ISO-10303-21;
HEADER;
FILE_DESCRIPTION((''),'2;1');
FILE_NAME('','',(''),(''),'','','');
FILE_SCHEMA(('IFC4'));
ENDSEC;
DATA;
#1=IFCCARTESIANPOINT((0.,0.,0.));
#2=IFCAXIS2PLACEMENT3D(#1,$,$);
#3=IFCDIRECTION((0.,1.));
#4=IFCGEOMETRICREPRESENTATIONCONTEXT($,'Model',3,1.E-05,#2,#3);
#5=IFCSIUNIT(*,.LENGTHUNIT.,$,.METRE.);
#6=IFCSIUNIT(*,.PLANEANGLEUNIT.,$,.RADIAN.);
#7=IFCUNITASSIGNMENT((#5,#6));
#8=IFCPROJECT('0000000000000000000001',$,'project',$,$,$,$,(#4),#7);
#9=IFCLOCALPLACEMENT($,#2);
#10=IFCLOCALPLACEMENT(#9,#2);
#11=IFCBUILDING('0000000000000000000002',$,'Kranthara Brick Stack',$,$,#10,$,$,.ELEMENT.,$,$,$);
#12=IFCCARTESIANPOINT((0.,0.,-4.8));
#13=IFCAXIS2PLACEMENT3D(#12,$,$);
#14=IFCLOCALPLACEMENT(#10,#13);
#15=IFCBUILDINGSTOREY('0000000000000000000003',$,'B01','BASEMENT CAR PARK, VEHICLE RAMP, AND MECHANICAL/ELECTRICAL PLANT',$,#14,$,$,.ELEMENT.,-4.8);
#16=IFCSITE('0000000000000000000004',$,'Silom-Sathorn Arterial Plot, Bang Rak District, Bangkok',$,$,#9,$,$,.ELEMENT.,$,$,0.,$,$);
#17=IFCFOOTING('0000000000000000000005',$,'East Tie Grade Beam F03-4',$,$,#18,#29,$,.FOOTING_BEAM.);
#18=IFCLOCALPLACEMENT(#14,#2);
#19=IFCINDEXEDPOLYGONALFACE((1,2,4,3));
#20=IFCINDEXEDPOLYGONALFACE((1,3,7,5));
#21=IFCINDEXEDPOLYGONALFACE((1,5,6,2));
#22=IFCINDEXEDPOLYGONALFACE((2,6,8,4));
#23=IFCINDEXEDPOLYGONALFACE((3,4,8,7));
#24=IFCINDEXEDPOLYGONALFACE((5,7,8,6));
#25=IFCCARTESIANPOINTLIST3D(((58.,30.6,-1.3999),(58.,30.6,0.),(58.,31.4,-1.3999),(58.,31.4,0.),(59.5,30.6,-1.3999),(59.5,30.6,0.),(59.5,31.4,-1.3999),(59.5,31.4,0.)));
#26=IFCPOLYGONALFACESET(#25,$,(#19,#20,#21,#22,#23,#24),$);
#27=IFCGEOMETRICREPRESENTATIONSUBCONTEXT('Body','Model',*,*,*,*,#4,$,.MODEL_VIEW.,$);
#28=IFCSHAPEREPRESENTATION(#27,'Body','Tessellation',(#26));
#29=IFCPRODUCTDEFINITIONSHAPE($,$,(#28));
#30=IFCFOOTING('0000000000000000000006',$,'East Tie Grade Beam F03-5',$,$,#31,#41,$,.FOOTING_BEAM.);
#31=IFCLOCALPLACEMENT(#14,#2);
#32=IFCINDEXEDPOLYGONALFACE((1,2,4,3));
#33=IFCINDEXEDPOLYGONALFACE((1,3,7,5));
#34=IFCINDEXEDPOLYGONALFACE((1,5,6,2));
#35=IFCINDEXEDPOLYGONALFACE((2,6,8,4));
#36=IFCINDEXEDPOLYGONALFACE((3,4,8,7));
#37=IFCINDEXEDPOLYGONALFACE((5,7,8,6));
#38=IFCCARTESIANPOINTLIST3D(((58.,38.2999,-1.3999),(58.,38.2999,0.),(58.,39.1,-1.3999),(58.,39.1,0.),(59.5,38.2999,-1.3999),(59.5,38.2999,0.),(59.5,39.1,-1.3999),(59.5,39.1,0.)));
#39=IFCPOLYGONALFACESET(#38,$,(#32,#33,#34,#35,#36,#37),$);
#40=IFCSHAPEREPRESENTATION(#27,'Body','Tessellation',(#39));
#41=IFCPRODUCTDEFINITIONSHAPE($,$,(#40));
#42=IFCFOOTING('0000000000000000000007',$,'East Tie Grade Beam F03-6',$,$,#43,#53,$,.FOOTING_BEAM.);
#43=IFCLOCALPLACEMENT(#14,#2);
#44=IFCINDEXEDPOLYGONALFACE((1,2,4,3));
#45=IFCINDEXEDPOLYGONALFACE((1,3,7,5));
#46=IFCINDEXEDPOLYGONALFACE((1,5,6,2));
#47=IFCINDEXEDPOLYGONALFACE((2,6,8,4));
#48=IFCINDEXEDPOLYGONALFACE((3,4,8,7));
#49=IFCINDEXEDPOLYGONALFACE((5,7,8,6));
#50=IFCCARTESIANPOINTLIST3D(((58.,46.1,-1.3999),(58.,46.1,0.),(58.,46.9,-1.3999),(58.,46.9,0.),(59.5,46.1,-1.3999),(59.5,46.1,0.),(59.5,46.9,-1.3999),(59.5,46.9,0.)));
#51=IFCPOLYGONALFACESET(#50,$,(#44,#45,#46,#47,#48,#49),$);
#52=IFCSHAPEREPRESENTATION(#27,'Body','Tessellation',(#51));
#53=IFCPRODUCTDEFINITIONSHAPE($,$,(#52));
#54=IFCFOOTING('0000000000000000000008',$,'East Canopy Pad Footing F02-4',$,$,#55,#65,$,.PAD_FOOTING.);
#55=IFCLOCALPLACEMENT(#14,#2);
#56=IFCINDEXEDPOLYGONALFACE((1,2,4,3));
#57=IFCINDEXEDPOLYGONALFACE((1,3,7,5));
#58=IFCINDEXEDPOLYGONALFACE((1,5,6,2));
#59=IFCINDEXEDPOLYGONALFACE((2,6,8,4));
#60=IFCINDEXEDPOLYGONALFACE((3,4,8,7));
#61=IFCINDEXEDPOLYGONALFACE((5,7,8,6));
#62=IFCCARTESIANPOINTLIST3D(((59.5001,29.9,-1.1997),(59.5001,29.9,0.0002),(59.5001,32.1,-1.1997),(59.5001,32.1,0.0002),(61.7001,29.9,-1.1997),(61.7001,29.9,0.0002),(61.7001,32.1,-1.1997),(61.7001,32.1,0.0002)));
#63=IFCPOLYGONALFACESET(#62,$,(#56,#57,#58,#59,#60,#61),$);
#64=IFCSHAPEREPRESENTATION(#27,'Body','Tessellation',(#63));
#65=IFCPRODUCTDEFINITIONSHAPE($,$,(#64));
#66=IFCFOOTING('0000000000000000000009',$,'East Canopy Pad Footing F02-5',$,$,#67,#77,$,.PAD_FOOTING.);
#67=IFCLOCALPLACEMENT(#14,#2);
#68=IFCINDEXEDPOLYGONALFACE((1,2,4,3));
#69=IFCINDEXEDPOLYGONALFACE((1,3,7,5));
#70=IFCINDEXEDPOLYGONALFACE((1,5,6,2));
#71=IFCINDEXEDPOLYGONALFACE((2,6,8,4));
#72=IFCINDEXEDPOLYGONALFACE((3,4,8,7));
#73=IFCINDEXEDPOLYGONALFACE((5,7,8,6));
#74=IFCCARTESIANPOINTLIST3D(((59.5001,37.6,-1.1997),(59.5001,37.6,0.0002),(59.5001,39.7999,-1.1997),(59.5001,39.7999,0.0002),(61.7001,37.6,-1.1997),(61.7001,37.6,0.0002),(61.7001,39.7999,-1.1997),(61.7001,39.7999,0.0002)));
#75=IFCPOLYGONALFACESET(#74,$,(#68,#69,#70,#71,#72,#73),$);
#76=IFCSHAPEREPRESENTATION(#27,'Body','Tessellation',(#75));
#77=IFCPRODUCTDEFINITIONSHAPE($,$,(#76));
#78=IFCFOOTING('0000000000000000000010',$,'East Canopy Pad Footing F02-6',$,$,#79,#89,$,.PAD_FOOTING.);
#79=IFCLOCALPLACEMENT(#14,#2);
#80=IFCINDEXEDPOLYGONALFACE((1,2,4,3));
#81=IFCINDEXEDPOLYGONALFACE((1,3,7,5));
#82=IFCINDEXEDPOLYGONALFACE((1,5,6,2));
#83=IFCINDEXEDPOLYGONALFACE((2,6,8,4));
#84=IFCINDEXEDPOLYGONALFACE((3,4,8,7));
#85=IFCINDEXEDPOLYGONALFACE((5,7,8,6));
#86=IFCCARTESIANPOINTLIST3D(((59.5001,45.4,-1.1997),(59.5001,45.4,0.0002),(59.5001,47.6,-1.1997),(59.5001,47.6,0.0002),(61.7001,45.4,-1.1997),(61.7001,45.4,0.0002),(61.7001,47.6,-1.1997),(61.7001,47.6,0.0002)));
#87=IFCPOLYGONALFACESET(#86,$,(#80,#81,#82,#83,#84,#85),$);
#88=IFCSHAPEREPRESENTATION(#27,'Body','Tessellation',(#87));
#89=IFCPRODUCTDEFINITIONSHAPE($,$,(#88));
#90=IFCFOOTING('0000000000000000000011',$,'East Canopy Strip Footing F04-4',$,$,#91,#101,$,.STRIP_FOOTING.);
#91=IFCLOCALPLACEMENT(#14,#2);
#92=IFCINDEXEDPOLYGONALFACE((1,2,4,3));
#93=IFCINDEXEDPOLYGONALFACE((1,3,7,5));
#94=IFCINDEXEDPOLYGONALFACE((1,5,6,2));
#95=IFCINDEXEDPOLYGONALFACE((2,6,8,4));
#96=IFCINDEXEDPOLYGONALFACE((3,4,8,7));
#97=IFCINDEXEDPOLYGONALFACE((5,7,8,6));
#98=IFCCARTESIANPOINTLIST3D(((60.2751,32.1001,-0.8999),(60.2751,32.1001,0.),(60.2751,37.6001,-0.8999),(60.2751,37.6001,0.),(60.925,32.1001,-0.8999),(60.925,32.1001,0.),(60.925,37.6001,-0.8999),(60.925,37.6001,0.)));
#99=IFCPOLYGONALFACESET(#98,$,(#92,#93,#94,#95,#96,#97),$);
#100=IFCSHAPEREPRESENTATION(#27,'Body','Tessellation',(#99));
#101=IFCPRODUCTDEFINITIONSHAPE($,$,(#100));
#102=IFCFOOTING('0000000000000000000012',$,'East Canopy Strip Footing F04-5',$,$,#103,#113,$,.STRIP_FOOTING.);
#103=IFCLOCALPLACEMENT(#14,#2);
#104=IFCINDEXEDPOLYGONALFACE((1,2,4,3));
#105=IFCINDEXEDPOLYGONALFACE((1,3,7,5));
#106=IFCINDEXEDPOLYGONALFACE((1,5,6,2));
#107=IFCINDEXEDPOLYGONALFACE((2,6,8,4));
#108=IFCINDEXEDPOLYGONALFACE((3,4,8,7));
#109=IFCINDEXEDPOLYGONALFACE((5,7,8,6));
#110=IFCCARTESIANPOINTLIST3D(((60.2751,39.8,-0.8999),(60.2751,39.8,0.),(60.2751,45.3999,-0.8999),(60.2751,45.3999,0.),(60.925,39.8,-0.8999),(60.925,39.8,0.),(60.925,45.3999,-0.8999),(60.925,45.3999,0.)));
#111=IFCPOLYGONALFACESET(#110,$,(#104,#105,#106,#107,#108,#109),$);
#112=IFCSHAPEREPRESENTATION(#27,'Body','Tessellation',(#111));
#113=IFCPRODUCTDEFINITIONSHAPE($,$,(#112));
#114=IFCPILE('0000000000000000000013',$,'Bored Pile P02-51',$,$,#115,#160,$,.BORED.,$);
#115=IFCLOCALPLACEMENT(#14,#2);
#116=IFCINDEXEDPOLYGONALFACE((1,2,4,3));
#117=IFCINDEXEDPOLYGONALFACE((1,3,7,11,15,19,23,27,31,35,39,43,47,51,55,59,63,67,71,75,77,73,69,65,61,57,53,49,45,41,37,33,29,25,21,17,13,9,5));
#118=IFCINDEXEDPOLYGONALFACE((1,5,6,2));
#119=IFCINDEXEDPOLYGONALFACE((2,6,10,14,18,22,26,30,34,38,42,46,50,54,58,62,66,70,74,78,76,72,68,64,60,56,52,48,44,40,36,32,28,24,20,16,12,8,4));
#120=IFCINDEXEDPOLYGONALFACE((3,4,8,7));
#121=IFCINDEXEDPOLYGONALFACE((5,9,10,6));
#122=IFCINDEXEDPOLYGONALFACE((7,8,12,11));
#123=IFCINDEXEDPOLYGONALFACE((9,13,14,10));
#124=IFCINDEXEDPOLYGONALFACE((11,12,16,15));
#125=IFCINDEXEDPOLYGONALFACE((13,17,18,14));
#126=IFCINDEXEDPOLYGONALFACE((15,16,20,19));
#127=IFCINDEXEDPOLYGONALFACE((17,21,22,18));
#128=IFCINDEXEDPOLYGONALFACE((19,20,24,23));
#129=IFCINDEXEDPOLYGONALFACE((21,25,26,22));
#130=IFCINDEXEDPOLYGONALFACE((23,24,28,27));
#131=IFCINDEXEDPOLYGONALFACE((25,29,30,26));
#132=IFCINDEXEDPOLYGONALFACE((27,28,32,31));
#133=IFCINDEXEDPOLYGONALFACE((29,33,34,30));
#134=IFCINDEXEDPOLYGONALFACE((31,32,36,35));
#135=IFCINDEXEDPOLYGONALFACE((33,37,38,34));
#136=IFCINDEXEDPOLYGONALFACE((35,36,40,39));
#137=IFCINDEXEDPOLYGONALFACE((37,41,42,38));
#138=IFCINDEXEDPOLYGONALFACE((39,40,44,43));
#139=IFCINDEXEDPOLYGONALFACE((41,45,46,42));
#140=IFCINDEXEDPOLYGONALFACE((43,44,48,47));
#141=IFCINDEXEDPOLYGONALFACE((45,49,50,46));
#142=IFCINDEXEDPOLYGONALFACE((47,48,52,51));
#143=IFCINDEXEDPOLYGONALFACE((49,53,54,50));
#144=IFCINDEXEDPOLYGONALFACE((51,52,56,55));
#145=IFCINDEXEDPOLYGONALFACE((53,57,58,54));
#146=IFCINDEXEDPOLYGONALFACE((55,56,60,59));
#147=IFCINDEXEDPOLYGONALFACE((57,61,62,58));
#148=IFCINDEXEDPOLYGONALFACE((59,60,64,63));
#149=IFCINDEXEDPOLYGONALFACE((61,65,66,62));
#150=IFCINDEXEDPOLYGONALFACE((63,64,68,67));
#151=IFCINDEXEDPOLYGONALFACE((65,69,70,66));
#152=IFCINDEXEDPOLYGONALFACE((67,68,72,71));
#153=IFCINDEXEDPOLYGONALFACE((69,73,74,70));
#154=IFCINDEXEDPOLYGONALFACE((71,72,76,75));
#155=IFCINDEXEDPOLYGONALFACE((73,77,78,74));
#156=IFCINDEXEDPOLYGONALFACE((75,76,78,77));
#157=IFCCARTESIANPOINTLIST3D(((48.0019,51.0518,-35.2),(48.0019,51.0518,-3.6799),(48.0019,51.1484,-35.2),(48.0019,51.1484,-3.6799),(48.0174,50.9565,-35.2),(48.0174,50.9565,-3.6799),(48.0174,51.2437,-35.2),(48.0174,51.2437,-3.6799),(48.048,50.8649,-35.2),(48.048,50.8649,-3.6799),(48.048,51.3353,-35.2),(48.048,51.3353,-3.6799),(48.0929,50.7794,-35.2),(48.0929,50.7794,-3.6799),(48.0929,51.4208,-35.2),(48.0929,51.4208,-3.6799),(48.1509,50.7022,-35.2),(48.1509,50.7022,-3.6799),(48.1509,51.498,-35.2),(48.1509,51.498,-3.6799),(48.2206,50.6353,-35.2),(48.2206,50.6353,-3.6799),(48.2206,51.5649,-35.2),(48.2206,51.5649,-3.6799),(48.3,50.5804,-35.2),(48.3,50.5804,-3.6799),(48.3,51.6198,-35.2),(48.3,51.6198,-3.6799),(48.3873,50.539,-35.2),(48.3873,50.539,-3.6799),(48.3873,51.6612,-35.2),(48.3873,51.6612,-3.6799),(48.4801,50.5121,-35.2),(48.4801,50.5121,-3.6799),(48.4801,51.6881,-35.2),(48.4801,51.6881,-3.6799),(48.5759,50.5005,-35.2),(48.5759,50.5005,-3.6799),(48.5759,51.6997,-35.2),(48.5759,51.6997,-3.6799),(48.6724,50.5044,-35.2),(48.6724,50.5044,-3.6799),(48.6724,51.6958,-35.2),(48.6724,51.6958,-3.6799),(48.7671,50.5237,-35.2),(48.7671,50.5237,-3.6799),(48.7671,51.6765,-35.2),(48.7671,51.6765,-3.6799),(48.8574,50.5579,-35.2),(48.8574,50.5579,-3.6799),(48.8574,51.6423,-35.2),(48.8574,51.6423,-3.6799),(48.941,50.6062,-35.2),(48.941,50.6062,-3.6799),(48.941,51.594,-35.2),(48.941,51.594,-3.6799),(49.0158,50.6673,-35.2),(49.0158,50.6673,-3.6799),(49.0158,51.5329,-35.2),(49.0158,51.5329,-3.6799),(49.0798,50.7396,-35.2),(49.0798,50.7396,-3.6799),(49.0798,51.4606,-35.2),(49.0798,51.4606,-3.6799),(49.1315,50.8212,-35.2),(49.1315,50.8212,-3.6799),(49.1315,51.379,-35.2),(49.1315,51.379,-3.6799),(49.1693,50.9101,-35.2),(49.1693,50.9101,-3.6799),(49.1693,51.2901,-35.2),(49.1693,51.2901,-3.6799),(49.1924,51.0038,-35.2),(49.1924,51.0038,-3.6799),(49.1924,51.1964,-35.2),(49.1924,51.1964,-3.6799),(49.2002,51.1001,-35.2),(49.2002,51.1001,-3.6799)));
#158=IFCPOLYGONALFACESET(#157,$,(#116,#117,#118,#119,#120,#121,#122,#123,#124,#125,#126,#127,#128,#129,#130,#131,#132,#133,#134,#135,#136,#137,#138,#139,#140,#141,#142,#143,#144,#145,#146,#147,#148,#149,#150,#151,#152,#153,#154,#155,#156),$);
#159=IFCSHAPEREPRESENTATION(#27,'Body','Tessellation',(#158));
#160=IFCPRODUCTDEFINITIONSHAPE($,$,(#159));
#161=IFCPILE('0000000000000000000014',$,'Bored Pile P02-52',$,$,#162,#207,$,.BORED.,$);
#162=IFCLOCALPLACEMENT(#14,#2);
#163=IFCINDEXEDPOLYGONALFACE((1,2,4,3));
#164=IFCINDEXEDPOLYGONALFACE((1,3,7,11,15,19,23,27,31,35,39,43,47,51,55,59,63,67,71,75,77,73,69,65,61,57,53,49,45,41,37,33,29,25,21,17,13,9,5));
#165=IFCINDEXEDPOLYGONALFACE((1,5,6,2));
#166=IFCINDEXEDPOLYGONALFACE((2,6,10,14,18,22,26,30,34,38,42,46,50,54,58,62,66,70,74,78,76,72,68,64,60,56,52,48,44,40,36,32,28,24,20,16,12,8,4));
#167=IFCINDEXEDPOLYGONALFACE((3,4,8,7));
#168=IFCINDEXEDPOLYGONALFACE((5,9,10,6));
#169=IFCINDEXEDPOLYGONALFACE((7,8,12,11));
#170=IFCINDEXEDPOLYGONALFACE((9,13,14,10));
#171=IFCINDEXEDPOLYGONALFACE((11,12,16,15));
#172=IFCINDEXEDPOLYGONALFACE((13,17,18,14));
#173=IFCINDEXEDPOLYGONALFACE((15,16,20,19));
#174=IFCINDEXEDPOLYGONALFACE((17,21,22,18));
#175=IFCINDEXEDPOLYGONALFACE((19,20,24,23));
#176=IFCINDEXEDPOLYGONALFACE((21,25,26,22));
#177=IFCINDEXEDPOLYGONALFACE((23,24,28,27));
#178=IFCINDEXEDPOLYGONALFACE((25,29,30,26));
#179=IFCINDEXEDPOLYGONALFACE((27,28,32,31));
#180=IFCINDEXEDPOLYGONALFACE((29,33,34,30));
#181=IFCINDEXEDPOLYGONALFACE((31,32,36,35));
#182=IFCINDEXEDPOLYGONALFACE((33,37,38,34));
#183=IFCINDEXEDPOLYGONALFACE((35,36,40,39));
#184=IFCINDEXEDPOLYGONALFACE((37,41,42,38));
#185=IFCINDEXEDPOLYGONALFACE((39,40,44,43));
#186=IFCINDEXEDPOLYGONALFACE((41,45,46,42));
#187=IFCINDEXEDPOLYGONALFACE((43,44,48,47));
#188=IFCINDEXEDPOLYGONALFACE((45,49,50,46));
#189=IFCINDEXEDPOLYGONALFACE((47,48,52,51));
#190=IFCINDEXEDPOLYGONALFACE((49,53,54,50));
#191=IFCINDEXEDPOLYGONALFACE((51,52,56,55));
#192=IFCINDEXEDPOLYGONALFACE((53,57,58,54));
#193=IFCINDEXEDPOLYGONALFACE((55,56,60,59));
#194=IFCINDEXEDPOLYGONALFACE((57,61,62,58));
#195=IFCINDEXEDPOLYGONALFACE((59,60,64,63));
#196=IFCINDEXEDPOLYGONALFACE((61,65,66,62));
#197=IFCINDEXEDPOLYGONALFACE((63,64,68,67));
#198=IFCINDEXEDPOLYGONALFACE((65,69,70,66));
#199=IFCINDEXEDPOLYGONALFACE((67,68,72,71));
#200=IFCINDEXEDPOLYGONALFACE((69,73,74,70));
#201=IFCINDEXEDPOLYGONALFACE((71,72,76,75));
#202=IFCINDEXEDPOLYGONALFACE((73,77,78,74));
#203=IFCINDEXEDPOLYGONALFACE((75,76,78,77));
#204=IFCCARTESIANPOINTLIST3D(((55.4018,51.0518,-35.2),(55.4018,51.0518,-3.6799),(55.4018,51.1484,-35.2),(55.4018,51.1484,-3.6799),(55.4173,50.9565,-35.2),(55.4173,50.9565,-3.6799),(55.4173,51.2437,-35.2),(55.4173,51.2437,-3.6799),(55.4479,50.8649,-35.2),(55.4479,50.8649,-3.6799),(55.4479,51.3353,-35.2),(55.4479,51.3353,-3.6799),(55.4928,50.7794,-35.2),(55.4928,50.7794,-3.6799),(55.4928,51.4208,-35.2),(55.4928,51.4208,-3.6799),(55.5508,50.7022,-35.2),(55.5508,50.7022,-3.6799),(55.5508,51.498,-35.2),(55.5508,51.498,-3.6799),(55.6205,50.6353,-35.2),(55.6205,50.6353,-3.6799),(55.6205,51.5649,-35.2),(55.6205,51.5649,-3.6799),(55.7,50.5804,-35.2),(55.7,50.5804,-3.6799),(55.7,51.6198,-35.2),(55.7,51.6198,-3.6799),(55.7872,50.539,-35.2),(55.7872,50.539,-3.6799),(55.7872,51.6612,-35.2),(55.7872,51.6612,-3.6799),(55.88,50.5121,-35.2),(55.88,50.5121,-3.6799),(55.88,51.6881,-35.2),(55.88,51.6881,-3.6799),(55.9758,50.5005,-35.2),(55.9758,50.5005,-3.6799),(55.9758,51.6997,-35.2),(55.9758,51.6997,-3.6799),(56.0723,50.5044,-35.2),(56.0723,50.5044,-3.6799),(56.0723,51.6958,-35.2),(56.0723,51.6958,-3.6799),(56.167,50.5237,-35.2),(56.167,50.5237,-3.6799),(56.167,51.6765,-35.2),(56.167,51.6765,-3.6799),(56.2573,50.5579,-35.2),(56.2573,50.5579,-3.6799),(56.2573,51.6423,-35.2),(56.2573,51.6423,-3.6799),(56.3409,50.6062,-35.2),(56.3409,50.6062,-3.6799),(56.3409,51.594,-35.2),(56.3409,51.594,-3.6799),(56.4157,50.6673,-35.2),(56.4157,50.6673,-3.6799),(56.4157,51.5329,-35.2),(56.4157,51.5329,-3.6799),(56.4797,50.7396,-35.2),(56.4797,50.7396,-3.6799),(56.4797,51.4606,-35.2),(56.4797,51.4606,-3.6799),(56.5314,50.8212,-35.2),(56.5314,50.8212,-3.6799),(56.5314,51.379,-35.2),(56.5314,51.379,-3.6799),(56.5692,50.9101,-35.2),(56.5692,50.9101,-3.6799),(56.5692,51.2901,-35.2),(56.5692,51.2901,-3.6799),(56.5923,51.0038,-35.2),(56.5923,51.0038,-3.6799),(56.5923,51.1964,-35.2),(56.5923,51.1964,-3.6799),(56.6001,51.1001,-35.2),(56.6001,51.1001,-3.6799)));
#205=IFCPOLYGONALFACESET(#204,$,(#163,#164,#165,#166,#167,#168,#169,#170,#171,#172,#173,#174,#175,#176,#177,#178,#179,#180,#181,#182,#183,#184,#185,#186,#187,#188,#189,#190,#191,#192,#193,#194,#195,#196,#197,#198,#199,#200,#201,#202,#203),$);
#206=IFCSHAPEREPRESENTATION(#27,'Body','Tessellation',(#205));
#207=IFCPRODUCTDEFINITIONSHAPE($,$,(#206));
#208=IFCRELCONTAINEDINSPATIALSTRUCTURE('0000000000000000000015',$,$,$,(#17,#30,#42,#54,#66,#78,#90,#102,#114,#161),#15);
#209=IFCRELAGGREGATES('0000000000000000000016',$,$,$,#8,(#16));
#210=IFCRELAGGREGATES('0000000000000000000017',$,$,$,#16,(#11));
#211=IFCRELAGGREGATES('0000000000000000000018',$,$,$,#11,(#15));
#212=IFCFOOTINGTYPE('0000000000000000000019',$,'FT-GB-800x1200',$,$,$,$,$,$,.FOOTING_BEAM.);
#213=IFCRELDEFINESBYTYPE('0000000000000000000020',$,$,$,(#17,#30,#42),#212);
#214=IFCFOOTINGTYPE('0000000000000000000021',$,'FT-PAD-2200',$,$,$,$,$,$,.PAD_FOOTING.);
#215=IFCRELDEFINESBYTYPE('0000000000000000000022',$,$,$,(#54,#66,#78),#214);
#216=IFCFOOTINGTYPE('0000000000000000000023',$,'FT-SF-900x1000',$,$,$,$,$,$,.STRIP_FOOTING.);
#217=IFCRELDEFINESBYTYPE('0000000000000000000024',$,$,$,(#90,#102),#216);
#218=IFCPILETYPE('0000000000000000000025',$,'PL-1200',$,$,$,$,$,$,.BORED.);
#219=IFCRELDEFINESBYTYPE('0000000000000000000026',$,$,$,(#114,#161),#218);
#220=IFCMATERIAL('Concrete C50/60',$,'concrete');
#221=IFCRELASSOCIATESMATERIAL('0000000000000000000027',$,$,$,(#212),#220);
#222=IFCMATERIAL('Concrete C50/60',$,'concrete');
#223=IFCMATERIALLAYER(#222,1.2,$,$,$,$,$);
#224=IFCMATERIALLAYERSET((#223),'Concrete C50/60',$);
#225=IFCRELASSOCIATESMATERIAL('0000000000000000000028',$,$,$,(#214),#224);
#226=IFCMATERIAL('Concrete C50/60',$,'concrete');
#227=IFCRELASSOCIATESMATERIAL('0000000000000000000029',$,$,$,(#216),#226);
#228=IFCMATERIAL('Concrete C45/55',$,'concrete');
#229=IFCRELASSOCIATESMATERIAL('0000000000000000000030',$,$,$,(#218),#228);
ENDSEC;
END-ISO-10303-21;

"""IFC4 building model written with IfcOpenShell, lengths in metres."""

from ifc_helpers import new_model, si_unit, direction, frame, origin, origin_2d, place, context, subcontext, project, spatial, rectangle, circle, extrude, material, layer, layer_set, material_profile, profile_set, type_object, element, save


model = new_model("IFC4")

# Units and contexts
model_context = context("Model", 3, precision=1e-05, world=origin(), true_north=direction((0.0, 1.0)))
body_context = subcontext(model_context, "Body", "Model", "MODEL_VIEW")
ifc_project = project(units=[si_unit("LENGTHUNIT", "METRE"), si_unit("PLANEANGLEUNIT", "RADIAN")], contexts=[model_context])

# Site, building, storey
site_placement = place(None, origin())
site = spatial("IfcSite", under=ifc_project, at=site_placement, Name="Silom-Sathorn Arterial Plot, Bang Rak District, Bangkok", CompositionType="ELEMENT", RefElevation=0.0)
building_placement = place(site_placement, origin())
building = spatial("IfcBuilding", under=site, at=building_placement, Name="Kranthara Brick Stack", CompositionType="ELEMENT")
storey_placement = place(building_placement, frame((0.0, 0.0, -4.8)))
storey = spatial("IfcBuildingStorey", under=building, at=storey_placement, Name="B01", Description="BASEMENT CAR PARK, VEHICLE RAMP, AND MECHANICAL/ELECTRICAL PLANT", CompositionType="ELEMENT", Elevation=-4.8)

# Footings
ifc_material_1 = material(Name="Concrete C50/60", Category="concrete")
ifc_material_profile_1 = material_profile(ifc_material_1, rectangle(XDim=0.8, YDim=1.3999, at=origin_2d()), Name="PT 800x1400")
ifc_profile_set_1 = profile_set([ifc_material_profile_1], Name="Concrete C50/60")
footing_type_1 = type_object("IfcFootingType", Name="FT-GB-800x1200", PredefinedType="FOOTING_BEAM", material=ifc_profile_set_1)
for number, where, z_axis, x_axis, name in (
    (1, (58.0, 31.0, -0.7), (1.0, 0.0, 0.0), (0.0, 1.0, 0.0), "East Tie Grade Beam F03-4"),
    (2, (58.0, 38.7, -0.7), (1.0, 0.0, 0.0), (0.0, 1.0, 0.0), "East Tie Grade Beam F03-5"),
    (3, (58.0, 46.5, -0.7), (1.0, 0.0, 0.0), (0.0, 1.0, 0.0), "East Tie Grade Beam F03-6"),
):
    element("IfcFooting", number, at=place(storey_placement, frame(where, z_axis=z_axis, x_axis=x_axis)), inside=storey, type_object=footing_type_1, Name=name, PredefinedType="FOOTING_BEAM", context=body_context, shape_type="SweptSolid", body=[
        extrude(rectangle(XDim=0.8, YDim=1.3999, at=origin_2d()), origin(), (0.0, 0.0, 1.0), 1.5),
    ])
ifc_material_2 = material(Name="Concrete C50/60", Category="concrete")
ifc_layer_1 = layer(ifc_material_2, 1.2)
ifc_layer_set_1 = layer_set([ifc_layer_1], Name="Concrete C50/60")
footing_type_2 = type_object("IfcFootingType", Name="FT-PAD-2200", PredefinedType="PAD_FOOTING", material=ifc_layer_set_1)
for number, where, z_axis, x_axis, name in (
    (4, (60.6001, 31.0, -1.1997), (0.0, 0.0, 1.0), (1.0, 0.0, 0.0), "East Canopy Pad Footing F02-4"),
    (5, (60.6001, 38.7, -1.1997), (0.0, 0.0, 1.0), (1.0, 0.0, 0.0), "East Canopy Pad Footing F02-5"),
    (6, (60.6001, 46.5, -1.1997), (0.0, 0.0, 1.0), (1.0, 0.0, 0.0), "East Canopy Pad Footing F02-6"),
):
    element("IfcFooting", number, at=place(storey_placement, frame(where, z_axis=z_axis, x_axis=x_axis)), inside=storey, type_object=footing_type_2, Name=name, PredefinedType="PAD_FOOTING", context=body_context, shape_type="SweptSolid", body=[
        extrude(rectangle(XDim=2.2, YDim=2.2, at=origin_2d()), origin(), (0.0, 0.0, 1.0), 1.2),
    ])
ifc_material_3 = material(Name="Concrete C50/60", Category="concrete")
ifc_material_profile_2 = material_profile(ifc_material_3, rectangle(XDim=0.6499, YDim=0.8999, at=origin_2d()), Name="RC 650x900")
ifc_profile_set_2 = profile_set([ifc_material_profile_2], Name="Concrete C50/60")
footing_type_3 = type_object("IfcFootingType", Name="FT-SF-900x1000", PredefinedType="STRIP_FOOTING", material=ifc_profile_set_2)
footing_1_placement = place(storey_placement, frame((60.6001, 32.1001, -0.45), z_axis=(0.0, 1.0, 0.0), x_axis=(-1.0, 0.0, 0.0)))
element("IfcFooting", 7, at=footing_1_placement, inside=storey, type_object=footing_type_3, Name="East Canopy Strip Footing F04-4", PredefinedType="STRIP_FOOTING", context=body_context, shape_type="SweptSolid", body=[
    extrude(rectangle(XDim=0.6499, YDim=0.8999, at=origin_2d()), origin(), (0.0, 0.0, 1.0), 5.5),
])
footing_2_placement = place(storey_placement, frame((60.6001, 39.8, -0.45), z_axis=(0.0, 1.0, 0.0), x_axis=(-1.0, 0.0, 0.0)))
element("IfcFooting", 8, at=footing_2_placement, inside=storey, type_object=footing_type_3, Name="East Canopy Strip Footing F04-5", PredefinedType="STRIP_FOOTING", context=body_context, shape_type="SweptSolid", body=[
    extrude(rectangle(XDim=0.6499, YDim=0.8999, at=origin_2d()), origin(), (0.0, 0.0, 1.0), 5.5999),
])

# Piles
ifc_material_4 = material(Name="Concrete C45/55", Category="concrete")
ifc_material_profile_3 = material_profile(ifc_material_4, circle(Radius=0.6001, at=origin_2d()), Name="BORED PILE 1200")
ifc_profile_set_3 = profile_set([ifc_material_profile_3], Name="Concrete C45/55")
pile_type_1 = type_object("IfcPileType", Name="PL-1200", PredefinedType="BORED", material=ifc_profile_set_3)
for number, where, z_axis, x_axis, name in (
    (9, (48.6001, 51.1001, -3.6799), (0.0, 0.0, -1.0), (1.0, 0.0, 0.0), "Bored Pile P02-51"),
    (10, (56.0, 51.1001, -3.6799), (0.0, 0.0, -1.0), (1.0, 0.0, 0.0), "Bored Pile P02-52"),
):
    element("IfcPile", number, at=place(storey_placement, frame(where, z_axis=z_axis, x_axis=x_axis)), inside=storey, type_object=pile_type_1, Name=name, PredefinedType="BORED", context=body_context, shape_type="SweptSolid", body=[
        extrude(circle(Radius=0.6001, at=origin_2d()), origin(), (0.0, 0.0, 1.0), 31.52),
    ])

save(model, "model.ifc")
